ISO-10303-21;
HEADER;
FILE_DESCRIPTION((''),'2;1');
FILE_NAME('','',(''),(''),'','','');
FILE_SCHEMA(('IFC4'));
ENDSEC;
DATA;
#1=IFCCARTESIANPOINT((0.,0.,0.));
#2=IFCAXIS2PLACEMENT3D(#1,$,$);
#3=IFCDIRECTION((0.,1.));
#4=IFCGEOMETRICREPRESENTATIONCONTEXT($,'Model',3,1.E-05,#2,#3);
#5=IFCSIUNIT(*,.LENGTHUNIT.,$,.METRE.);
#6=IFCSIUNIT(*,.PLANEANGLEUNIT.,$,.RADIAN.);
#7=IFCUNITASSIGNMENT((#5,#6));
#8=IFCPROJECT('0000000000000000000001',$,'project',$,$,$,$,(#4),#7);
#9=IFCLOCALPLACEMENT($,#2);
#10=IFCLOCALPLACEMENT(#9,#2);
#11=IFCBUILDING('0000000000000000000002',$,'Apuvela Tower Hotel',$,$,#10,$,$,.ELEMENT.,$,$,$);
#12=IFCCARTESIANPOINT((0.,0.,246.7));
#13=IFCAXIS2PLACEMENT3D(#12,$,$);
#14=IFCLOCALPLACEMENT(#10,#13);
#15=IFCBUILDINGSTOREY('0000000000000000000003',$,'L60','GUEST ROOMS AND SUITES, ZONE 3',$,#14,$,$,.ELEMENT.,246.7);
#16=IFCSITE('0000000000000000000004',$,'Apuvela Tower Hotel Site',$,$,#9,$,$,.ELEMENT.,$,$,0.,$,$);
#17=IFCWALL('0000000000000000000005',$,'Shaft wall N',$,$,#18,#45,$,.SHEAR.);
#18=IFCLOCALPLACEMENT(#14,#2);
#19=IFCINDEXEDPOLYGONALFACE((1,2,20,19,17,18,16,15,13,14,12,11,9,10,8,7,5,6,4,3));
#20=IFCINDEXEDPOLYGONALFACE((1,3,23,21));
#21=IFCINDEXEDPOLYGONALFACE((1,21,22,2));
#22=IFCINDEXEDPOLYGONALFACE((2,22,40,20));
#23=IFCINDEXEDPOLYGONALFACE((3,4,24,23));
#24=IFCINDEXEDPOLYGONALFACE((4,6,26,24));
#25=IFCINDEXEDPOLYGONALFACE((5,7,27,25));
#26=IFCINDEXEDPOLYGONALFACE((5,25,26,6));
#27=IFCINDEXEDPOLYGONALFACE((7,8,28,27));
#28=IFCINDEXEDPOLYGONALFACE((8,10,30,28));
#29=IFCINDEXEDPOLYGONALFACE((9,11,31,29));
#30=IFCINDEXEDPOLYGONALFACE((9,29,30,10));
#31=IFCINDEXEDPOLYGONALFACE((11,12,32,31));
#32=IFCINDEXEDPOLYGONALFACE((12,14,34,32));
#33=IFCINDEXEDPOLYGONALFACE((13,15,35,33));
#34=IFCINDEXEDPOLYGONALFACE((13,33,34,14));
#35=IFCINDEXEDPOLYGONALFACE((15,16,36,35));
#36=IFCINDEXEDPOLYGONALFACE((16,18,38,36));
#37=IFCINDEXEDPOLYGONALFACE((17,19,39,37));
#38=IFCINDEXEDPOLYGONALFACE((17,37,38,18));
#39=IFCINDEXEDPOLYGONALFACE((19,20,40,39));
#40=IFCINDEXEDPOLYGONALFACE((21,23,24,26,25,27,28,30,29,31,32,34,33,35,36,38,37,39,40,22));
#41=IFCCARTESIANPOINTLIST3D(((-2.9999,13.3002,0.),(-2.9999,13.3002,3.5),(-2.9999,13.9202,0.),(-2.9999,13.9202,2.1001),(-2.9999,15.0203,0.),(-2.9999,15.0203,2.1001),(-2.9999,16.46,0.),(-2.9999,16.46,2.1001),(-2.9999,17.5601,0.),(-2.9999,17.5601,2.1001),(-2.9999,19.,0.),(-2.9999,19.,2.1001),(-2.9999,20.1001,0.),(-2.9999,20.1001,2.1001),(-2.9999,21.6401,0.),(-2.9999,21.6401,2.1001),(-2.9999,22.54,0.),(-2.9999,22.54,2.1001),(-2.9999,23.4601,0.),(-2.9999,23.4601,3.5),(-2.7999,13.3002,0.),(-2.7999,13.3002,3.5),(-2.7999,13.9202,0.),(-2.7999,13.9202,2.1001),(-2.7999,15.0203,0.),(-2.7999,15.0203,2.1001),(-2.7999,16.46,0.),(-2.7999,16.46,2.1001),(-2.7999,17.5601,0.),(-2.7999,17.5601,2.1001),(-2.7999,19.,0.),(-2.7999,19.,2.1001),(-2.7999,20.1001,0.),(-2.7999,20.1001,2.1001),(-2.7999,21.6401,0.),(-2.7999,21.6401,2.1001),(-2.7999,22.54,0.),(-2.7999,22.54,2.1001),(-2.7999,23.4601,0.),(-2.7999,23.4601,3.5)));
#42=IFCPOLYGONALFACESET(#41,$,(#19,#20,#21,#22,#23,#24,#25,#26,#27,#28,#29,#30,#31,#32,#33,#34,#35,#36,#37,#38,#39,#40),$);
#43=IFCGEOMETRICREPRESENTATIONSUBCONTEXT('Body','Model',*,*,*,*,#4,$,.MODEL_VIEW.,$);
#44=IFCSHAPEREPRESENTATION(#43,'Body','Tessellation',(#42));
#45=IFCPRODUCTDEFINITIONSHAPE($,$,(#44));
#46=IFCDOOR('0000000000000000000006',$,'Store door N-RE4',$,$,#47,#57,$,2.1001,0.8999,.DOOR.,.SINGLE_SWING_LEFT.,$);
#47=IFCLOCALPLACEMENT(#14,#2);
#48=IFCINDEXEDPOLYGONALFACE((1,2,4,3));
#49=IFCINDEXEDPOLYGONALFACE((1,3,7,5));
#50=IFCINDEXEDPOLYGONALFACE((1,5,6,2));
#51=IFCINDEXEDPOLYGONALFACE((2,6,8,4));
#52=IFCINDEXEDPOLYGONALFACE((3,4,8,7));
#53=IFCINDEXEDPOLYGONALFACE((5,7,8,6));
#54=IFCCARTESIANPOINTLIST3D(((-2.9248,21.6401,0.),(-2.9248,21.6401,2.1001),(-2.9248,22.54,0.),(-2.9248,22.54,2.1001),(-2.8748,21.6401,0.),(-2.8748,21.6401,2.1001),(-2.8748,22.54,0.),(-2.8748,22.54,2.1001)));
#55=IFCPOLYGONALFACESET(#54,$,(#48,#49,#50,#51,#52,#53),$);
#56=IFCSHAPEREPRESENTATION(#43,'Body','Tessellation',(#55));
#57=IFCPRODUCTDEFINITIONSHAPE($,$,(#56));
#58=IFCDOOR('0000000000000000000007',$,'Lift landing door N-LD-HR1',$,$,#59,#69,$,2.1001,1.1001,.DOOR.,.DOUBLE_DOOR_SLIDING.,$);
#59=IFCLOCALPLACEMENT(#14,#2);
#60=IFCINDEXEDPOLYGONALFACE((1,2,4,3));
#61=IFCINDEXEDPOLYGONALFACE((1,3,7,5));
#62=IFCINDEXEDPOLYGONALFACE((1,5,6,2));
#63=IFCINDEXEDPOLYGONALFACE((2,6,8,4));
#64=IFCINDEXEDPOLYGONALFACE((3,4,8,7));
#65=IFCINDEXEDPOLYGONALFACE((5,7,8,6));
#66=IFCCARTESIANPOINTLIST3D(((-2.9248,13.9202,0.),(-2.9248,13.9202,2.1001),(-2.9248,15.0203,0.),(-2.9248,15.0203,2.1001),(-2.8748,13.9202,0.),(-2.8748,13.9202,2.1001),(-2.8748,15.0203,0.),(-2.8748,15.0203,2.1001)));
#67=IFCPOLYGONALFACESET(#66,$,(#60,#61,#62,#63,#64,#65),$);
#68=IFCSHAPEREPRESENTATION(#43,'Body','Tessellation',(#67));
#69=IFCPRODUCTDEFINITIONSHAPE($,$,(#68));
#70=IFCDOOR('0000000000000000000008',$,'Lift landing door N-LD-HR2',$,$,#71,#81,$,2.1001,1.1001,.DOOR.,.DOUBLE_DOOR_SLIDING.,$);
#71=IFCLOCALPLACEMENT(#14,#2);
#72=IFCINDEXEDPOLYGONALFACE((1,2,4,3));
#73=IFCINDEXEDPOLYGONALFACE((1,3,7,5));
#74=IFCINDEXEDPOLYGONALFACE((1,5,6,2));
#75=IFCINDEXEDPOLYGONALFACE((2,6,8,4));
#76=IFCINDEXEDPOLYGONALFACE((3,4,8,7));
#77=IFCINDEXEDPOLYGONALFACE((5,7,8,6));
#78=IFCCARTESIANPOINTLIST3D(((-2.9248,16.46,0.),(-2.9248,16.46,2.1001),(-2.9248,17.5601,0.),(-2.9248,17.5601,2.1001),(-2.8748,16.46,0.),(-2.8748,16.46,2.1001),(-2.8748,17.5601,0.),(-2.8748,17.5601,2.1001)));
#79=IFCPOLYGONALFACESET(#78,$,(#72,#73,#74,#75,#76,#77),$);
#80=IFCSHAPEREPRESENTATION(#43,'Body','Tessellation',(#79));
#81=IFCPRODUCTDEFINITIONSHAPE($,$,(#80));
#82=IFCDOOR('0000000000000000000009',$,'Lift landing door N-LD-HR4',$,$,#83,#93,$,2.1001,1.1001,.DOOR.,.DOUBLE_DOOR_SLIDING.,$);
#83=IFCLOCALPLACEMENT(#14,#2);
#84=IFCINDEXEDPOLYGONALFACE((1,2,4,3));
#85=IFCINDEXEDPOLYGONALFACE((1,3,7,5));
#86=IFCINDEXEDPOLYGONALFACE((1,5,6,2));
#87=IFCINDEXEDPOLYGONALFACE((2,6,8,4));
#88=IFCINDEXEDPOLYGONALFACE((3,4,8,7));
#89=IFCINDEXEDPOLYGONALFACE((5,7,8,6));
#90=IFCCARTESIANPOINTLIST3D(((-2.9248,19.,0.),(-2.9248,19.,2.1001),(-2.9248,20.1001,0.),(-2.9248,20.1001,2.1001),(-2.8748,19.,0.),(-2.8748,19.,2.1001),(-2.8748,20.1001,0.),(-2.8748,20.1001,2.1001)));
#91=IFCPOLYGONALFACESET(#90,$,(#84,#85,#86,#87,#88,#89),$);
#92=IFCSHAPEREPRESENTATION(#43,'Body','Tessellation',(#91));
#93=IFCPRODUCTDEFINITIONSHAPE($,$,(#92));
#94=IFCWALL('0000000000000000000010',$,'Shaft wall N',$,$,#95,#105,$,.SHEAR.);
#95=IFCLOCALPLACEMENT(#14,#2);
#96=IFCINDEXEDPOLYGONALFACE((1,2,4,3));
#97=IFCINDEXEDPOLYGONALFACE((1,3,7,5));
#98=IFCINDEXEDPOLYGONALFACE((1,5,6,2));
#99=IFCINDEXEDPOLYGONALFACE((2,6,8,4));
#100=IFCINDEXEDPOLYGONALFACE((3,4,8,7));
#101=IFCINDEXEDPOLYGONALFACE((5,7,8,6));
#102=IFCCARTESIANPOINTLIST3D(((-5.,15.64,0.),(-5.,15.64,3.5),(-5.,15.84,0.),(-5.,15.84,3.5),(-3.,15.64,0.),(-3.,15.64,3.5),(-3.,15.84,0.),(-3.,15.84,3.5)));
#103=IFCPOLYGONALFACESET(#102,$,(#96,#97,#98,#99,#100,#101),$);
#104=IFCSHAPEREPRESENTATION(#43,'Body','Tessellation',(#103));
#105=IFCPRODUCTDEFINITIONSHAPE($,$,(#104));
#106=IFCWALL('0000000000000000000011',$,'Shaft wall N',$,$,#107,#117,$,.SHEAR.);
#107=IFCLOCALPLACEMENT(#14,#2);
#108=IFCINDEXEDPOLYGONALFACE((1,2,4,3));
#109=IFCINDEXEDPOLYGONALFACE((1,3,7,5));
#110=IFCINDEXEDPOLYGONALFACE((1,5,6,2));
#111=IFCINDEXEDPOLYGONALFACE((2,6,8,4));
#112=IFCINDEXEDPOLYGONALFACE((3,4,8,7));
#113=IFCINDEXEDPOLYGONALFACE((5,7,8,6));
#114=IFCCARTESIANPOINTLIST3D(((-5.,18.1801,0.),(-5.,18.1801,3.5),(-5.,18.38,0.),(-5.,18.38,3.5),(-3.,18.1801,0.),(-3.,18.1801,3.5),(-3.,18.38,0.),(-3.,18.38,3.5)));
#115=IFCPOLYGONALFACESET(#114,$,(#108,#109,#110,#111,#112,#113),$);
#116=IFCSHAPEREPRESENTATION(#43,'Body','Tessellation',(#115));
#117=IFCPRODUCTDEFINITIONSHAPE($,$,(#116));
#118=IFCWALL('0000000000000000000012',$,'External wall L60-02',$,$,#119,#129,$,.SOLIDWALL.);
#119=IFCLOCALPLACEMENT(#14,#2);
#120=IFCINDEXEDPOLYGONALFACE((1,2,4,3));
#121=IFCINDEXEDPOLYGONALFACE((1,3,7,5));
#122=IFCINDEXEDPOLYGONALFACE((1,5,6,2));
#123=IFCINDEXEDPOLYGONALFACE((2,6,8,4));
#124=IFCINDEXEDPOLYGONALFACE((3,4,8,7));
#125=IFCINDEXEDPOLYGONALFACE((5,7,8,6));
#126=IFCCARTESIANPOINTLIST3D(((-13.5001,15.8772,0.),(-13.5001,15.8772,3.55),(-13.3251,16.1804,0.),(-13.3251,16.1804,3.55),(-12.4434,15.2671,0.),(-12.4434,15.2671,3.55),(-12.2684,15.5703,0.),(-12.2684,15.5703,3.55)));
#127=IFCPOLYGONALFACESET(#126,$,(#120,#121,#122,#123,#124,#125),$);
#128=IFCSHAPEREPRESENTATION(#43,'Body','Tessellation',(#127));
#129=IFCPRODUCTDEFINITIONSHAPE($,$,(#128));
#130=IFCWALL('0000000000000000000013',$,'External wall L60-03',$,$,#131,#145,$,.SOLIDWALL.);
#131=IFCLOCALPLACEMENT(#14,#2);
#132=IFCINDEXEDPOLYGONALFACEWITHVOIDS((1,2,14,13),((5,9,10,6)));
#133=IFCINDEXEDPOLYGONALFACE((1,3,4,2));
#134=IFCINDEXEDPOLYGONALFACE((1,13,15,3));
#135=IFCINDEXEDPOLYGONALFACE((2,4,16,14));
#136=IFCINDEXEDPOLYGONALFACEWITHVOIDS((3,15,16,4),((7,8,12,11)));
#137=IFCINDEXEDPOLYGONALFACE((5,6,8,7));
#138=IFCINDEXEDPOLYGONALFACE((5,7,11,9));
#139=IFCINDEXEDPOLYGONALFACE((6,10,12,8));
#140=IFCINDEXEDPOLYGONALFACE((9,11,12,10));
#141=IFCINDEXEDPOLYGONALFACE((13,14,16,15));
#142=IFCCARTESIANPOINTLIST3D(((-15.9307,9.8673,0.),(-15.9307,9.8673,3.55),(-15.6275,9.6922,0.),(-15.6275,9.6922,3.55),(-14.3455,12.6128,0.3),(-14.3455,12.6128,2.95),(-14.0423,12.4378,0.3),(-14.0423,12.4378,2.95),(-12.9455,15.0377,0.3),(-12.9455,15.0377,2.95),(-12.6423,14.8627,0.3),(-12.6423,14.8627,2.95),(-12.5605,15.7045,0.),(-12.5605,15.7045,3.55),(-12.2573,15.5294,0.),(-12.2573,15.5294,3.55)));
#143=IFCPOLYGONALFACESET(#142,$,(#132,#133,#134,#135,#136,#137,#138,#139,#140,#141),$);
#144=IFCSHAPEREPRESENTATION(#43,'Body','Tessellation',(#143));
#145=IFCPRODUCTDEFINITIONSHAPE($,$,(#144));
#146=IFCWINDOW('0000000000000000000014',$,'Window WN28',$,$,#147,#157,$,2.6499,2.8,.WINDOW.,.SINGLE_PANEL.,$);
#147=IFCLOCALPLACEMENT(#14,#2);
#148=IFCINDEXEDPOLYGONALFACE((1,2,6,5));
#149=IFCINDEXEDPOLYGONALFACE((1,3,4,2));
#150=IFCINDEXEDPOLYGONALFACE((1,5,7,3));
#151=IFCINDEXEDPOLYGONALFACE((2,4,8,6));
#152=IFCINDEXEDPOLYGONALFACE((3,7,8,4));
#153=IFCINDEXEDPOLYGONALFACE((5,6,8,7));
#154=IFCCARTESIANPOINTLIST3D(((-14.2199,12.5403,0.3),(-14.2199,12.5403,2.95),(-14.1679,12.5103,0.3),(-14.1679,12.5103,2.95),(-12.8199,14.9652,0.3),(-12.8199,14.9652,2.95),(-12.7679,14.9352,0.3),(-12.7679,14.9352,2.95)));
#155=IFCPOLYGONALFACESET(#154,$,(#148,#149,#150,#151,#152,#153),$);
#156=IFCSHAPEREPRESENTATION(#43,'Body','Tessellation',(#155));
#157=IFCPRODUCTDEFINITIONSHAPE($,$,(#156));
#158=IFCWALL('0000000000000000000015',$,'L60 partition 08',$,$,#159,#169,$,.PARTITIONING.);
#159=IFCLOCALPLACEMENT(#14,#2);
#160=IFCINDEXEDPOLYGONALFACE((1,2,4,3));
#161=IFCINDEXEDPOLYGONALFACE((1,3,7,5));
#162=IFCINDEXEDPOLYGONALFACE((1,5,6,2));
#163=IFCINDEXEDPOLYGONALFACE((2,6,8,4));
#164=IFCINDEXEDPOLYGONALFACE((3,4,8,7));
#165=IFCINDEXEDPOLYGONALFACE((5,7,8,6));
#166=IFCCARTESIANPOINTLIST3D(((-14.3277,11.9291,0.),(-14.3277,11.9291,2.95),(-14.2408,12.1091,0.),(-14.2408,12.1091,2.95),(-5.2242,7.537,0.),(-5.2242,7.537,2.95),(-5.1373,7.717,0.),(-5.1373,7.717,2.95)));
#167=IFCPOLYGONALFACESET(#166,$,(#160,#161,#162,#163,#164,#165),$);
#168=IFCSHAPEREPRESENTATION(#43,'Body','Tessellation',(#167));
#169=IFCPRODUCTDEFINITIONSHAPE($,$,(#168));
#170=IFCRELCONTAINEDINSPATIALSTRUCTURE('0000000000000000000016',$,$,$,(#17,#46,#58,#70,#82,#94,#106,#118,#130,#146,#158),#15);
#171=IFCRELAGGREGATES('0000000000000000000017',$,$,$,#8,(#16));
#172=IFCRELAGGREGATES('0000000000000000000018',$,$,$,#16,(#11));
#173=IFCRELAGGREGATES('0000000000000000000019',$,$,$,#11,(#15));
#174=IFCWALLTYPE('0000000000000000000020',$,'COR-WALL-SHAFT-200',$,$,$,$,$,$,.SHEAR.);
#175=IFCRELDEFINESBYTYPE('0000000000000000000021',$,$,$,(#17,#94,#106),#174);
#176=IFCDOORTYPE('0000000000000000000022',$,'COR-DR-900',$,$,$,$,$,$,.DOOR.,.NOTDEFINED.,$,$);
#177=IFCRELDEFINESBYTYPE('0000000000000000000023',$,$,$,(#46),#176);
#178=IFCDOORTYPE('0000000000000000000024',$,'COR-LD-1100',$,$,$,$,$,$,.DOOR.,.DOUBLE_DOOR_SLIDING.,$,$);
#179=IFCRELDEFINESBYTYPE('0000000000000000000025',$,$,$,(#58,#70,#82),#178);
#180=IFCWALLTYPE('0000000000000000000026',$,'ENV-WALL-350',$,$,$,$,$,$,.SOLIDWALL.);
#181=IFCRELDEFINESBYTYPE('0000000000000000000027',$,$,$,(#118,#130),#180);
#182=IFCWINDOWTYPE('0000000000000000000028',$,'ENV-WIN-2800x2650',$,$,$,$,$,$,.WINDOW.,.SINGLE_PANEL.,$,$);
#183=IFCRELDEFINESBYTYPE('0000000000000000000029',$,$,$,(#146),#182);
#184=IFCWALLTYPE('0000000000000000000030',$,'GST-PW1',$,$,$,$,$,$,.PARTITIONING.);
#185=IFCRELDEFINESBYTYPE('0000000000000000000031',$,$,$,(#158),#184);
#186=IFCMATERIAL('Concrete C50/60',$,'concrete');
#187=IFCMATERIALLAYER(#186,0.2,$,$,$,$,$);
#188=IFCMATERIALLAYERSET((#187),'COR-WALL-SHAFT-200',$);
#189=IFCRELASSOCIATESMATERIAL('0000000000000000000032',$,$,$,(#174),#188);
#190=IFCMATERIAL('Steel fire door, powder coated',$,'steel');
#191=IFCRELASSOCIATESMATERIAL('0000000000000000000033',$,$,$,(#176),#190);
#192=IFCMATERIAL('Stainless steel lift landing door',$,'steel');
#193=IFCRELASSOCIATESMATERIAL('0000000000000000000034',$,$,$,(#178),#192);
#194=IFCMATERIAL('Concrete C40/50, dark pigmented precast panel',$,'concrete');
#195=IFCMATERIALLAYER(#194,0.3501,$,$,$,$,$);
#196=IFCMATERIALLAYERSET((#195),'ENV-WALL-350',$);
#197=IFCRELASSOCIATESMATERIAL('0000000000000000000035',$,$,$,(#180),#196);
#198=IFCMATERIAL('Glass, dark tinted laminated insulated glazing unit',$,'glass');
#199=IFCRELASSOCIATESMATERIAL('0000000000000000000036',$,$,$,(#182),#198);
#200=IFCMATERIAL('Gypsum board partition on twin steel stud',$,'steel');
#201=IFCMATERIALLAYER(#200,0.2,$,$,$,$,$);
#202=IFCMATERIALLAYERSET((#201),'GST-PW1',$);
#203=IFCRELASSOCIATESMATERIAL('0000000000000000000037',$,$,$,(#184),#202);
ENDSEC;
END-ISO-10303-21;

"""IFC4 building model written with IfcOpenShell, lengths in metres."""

from ifc_helpers import new_model, si_unit, direction, frame, frame_2d, origin, place, context, subcontext, project, spatial, rectangle, extrude, material, layer, layer_set, type_object, element, fill, save


model = new_model("IFC4")

# Units and contexts
model_context = context("Model", 3, precision=1e-05, world=origin(), true_north=direction((0.0, 1.0)))
body_context = subcontext(model_context, "Body", "Model", "MODEL_VIEW")
ifc_project = project(units=[si_unit("LENGTHUNIT", "METRE"), si_unit("PLANEANGLEUNIT", "RADIAN")], contexts=[model_context])

# Site, building, storey
site_placement = place(None, origin())
site = spatial("IfcSite", under=ifc_project, at=site_placement, Name="Apuvela Tower Hotel Site", CompositionType="ELEMENT", RefElevation=0.0)
building_placement = place(site_placement, origin())
building = spatial("IfcBuilding", under=site, at=building_placement, Name="Apuvela Tower Hotel", CompositionType="ELEMENT")
storey_placement = place(building_placement, frame((0.0, 0.0, 246.7)))
storey = spatial("IfcBuildingStorey", under=building, at=storey_placement, Name="L60", Description="GUEST ROOMS AND SUITES, ZONE 3", CompositionType="ELEMENT", Elevation=246.7)

# Shared definitions
ifc_material_1 = material(Name="Concrete C50/60", Category="concrete")
ifc_layer_1 = layer(ifc_material_1, 0.2)
ifc_layer_set_1 = layer_set([ifc_layer_1], Name="COR-WALL-SHAFT-200")
wall_type_1 = type_object("IfcWallType", Name="COR-WALL-SHAFT-200", PredefinedType="SHEAR", material=ifc_layer_set_1)

# Wall, openings, doors
wall_1_placement = place(storey_placement, frame((-2.8999, 13.3, 0.0), z_axis=(0.0, 0.0, 1.0), x_axis=(0.0, 1.0, 0.0)))
wall_1 = element("IfcWall", 1, at=wall_1_placement, inside=storey, type_object=wall_type_1, Name="Shaft wall N", PredefinedType="SHEAR", context=body_context, shape_type="SweptSolid", body=[
    extrude(rectangle(XDim=10.1599, YDim=0.2, at=frame_2d((5.0801, 0.0))), origin(), (0.0, 0.0, 1.0), 3.5),
])
opening_1_placement = place(wall_1_placement, frame((0.6201, 0.0, 0.0)))
opening_1 = element("IfcOpeningElement", 2, at=opening_1_placement, cuts=wall_1, PredefinedType="OPENING", context=body_context, shape_type="SweptSolid", body=[
    extrude(rectangle(XDim=1.1001, YDim=2.1001, at=frame_2d((0.55, 1.05))), frame((0.0, 0.1099, 0.0), z_axis=(0.0, -1.0, 0.0), x_axis=(1.0, 0.0, 0.0)), (0.0, 0.0, 1.0), 0.22),
])
opening_2_placement = place(wall_1_placement, frame((3.1599, 0.0, 0.0)))
opening_2 = element("IfcOpeningElement", 3, at=opening_2_placement, cuts=wall_1, PredefinedType="OPENING", context=body_context, shape_type="SweptSolid", body=[
    extrude(rectangle(XDim=1.1001, YDim=2.1001, at=frame_2d((0.55, 1.05))), frame((0.0, 0.1099, 0.0), z_axis=(0.0, -1.0, 0.0), x_axis=(1.0, 0.0, 0.0)), (0.0, 0.0, 1.0), 0.22),
])
opening_3_placement = place(wall_1_placement, frame((5.7, 0.0, 0.0)))
opening_3 = element("IfcOpeningElement", 4, at=opening_3_placement, cuts=wall_1, PredefinedType="OPENING", context=body_context, shape_type="SweptSolid", body=[
    extrude(rectangle(XDim=1.1001, YDim=2.1001, at=frame_2d((0.55, 1.05))), frame((0.0, 0.1099, 0.0), z_axis=(0.0, -1.0, 0.0), x_axis=(1.0, 0.0, 0.0)), (0.0, 0.0, 1.0), 0.22),
])
opening_4_placement = place(wall_1_placement, frame((8.3401, 0.0, 0.0)))
opening_4 = element("IfcOpeningElement", 5, at=opening_4_placement, cuts=wall_1, PredefinedType="OPENING", context=body_context, shape_type="SweptSolid", body=[
    extrude(rectangle(XDim=0.8999, YDim=2.1001, at=frame_2d((0.45, 1.05))), frame((0.0, 0.1099, 0.0), z_axis=(0.0, -1.0, 0.0), x_axis=(1.0, 0.0, 0.0)), (0.0, 0.0, 1.0), 0.22),
])
ifc_material_2 = material(Name="Steel fire door, powder coated", Category="steel")
door_type_1 = type_object("IfcDoorType", Name="COR-DR-900", OperationType="NOTDEFINED", PredefinedType="DOOR", material=ifc_material_2)
door_1_placement = place(opening_4_placement, origin())
door_1 = element("IfcDoor", 6, at=door_1_placement, inside=storey, type_object=door_type_1, Name="Store door N-RE4", OperationType="SINGLE_SWING_LEFT", OverallHeight=2.1001, OverallWidth=0.8999, PredefinedType="DOOR", context=body_context, shape_type="SweptSolid", body=[
    extrude(rectangle(XDim=0.8999, YDim=2.1001, at=frame_2d((0.45, 1.05))), frame((0.0, 0.0249, 0.0), z_axis=(0.0, -1.0, 0.0), x_axis=(1.0, 0.0, 0.0)), (0.0, 0.0, 1.0), 0.05),
])
fill(opening_4, door_1)
ifc_material_3 = material(Name="Stainless steel lift landing door", Category="steel")
door_type_2 = type_object("IfcDoorType", Name="COR-LD-1100", OperationType="DOUBLE_DOOR_SLIDING", PredefinedType="DOOR", material=ifc_material_3)
door_2_placement = place(opening_1_placement, origin())
door_2 = element("IfcDoor", 7, at=door_2_placement, inside=storey, type_object=door_type_2, Name="Lift landing door N-LD-HR1", OperationType="DOUBLE_DOOR_SLIDING", OverallHeight=2.1001, OverallWidth=1.1001, PredefinedType="DOOR", context=body_context, shape_type="SweptSolid", body=[
    extrude(rectangle(XDim=1.1001, YDim=2.1001, at=frame_2d((0.55, 1.05))), frame((0.0, 0.0249, 0.0), z_axis=(0.0, -1.0, 0.0), x_axis=(1.0, 0.0, 0.0)), (0.0, 0.0, 1.0), 0.05),
])
fill(opening_1, door_2)
door_3_placement = place(opening_2_placement, origin())
door_3 = element("IfcDoor", 8, at=door_3_placement, inside=storey, type_object=door_type_2, Name="Lift landing door N-LD-HR2", OperationType="DOUBLE_DOOR_SLIDING", OverallHeight=2.1001, OverallWidth=1.1001, PredefinedType="DOOR", context=body_context, shape_type="SweptSolid", body=[
    extrude(rectangle(XDim=1.1001, YDim=2.1001, at=frame_2d((0.55, 1.05))), frame((0.0, 0.0249, 0.0), z_axis=(0.0, -1.0, 0.0), x_axis=(1.0, 0.0, 0.0)), (0.0, 0.0, 1.0), 0.05),
])
fill(opening_2, door_3)
door_4_placement = place(opening_3_placement, origin())
door_4 = element("IfcDoor", 9, at=door_4_placement, inside=storey, type_object=door_type_2, Name="Lift landing door N-LD-HR4", OperationType="DOUBLE_DOOR_SLIDING", OverallHeight=2.1001, OverallWidth=1.1001, PredefinedType="DOOR", context=body_context, shape_type="SweptSolid", body=[
    extrude(rectangle(XDim=1.1001, YDim=2.1001, at=frame_2d((0.55, 1.05))), frame((0.0, 0.0249, 0.0), z_axis=(0.0, -1.0, 0.0), x_axis=(1.0, 0.0, 0.0)), (0.0, 0.0, 1.0), 0.05),
])
fill(opening_3, door_4)

# Walls
for number, where, z_axis, x_axis, name in (
    (10, (-3.0, 15.74, 0.0), (0.0, 0.0, 1.0), (-1.0, 0.0, 0.0), "Shaft wall N"),
    (11, (-3.0, 18.28, 0.0), (0.0, 0.0, 1.0), (-1.0, 0.0, 0.0), "Shaft wall N"),
):
    element("IfcWall", number, at=place(storey_placement, frame(where, z_axis=z_axis, x_axis=x_axis)), inside=storey, type_object=wall_type_1, Name=name, PredefinedType="SHEAR", context=body_context, shape_type="SweptSolid", body=[
        extrude(rectangle(XDim=2.0, YDim=0.2, at=frame_2d((1.0, 0.0))), origin(), (0.0, 0.0, 1.0), 3.5),
    ])
ifc_material_4 = material(Name="Concrete C40/50, dark pigmented precast panel", Category="concrete")
ifc_layer_2 = layer(ifc_material_4, 0.3501)
ifc_layer_set_2 = layer_set([ifc_layer_2], Name="ENV-WALL-350")
wall_type_2 = type_object("IfcWallType", Name="ENV-WALL-350", PredefinedType="SOLIDWALL", material=ifc_layer_set_2)
wall_2_placement = place(storey_placement, frame((-13.4126, 16.0288, 0.0), z_axis=(0.0, 0.0, 1.0), x_axis=(0.866006, -0.500034, 0.0)))
element("IfcWall", 12, at=wall_2_placement, inside=storey, type_object=wall_type_2, Name="External wall L60-02", PredefinedType="SOLIDWALL", context=body_context, shape_type="SweptSolid", body=[
    extrude(rectangle(XDim=1.2202, YDim=0.3501, at=frame_2d((0.6101, 0.0))), origin(), (0.0, 0.0, 1.0), 3.55),
])

# Wall, opening, window
wall_3_placement = place(storey_placement, frame((-12.4089, 15.6169, 0.0), z_axis=(0.0, 0.0, 1.0), x_axis=(-0.500004, -0.866023, 0.0)))
wall_3 = element("IfcWall", 13, at=wall_3_placement, inside=storey, type_object=wall_type_2, Name="External wall L60-03", PredefinedType="SOLIDWALL", context=body_context, shape_type="SweptSolid", body=[
    extrude(rectangle(XDim=6.7402, YDim=0.3501, at=frame_2d((3.3701, 0.0))), origin(), (0.0, 0.0, 1.0), 3.55),
])
opening_5_placement = place(wall_3_placement, frame((0.77, 0.0, 0.3)))
opening_5 = element("IfcOpeningElement", 14, at=opening_5_placement, cuts=wall_3, PredefinedType="OPENING", context=body_context, shape_type="SweptSolid", body=[
    extrude(rectangle(XDim=2.8, YDim=2.6499, at=frame_2d((1.3999, 1.325))), frame((0.0, 0.1851, 0.0), z_axis=(0.0, -1.0, 0.0), x_axis=(1.0, 0.0, 0.0)), (0.0, 0.0, 1.0), 0.3701),
])
ifc_material_5 = material(Name="Glass, dark tinted laminated insulated glazing unit", Category="glass")
window_type = type_object("IfcWindowType", Name="ENV-WIN-2800x2650", PartitioningType="SINGLE_PANEL", PredefinedType="WINDOW", material=ifc_material_5)
window_placement = place(opening_5_placement, origin())
window = element("IfcWindow", 15, at=window_placement, inside=storey, type_object=window_type, Name="Window WN28", OverallHeight=2.6499, OverallWidth=2.8, PartitioningType="SINGLE_PANEL", PredefinedType="WINDOW", context=body_context, shape_type="SweptSolid", body=[
    extrude(rectangle(XDim=2.8, YDim=2.6499, at=frame_2d((1.3999, 1.325))), frame((0.0, 0.03, 0.0), z_axis=(0.0, -1.0, 0.0), x_axis=(1.0, 0.0, 0.0)), (0.0, 0.0, 1.0), 0.0601),
])
fill(opening_5, window)

# Wall
ifc_material_6 = material(Name="Gypsum board partition on twin steel stud", Category="steel")
ifc_layer_3 = layer(ifc_material_6, 0.2)
ifc_layer_set_3 = layer_set([ifc_layer_3], Name="GST-PW1")
wall_type_3 = type_object("IfcWallType", Name="GST-PW1", PredefinedType="PARTITIONING", material=ifc_layer_set_3)
wall_4_placement = place(storey_placement, frame((-14.2842, 12.019, 0.0), z_axis=(0.0, 0.0, 1.0), x_axis=(0.900657, -0.434532, 0.0)))
element("IfcWall", 16, at=wall_4_placement, inside=storey, type_object=wall_type_3, Name="L60 partition 08", PredefinedType="PARTITIONING", context=body_context, shape_type="SweptSolid", body=[
    extrude(rectangle(XDim=10.1077, YDim=0.2, at=frame_2d((5.0537, 0.0))), origin(), (0.0, 0.0, 1.0), 2.95),
])

save(model, "model.ifc")
